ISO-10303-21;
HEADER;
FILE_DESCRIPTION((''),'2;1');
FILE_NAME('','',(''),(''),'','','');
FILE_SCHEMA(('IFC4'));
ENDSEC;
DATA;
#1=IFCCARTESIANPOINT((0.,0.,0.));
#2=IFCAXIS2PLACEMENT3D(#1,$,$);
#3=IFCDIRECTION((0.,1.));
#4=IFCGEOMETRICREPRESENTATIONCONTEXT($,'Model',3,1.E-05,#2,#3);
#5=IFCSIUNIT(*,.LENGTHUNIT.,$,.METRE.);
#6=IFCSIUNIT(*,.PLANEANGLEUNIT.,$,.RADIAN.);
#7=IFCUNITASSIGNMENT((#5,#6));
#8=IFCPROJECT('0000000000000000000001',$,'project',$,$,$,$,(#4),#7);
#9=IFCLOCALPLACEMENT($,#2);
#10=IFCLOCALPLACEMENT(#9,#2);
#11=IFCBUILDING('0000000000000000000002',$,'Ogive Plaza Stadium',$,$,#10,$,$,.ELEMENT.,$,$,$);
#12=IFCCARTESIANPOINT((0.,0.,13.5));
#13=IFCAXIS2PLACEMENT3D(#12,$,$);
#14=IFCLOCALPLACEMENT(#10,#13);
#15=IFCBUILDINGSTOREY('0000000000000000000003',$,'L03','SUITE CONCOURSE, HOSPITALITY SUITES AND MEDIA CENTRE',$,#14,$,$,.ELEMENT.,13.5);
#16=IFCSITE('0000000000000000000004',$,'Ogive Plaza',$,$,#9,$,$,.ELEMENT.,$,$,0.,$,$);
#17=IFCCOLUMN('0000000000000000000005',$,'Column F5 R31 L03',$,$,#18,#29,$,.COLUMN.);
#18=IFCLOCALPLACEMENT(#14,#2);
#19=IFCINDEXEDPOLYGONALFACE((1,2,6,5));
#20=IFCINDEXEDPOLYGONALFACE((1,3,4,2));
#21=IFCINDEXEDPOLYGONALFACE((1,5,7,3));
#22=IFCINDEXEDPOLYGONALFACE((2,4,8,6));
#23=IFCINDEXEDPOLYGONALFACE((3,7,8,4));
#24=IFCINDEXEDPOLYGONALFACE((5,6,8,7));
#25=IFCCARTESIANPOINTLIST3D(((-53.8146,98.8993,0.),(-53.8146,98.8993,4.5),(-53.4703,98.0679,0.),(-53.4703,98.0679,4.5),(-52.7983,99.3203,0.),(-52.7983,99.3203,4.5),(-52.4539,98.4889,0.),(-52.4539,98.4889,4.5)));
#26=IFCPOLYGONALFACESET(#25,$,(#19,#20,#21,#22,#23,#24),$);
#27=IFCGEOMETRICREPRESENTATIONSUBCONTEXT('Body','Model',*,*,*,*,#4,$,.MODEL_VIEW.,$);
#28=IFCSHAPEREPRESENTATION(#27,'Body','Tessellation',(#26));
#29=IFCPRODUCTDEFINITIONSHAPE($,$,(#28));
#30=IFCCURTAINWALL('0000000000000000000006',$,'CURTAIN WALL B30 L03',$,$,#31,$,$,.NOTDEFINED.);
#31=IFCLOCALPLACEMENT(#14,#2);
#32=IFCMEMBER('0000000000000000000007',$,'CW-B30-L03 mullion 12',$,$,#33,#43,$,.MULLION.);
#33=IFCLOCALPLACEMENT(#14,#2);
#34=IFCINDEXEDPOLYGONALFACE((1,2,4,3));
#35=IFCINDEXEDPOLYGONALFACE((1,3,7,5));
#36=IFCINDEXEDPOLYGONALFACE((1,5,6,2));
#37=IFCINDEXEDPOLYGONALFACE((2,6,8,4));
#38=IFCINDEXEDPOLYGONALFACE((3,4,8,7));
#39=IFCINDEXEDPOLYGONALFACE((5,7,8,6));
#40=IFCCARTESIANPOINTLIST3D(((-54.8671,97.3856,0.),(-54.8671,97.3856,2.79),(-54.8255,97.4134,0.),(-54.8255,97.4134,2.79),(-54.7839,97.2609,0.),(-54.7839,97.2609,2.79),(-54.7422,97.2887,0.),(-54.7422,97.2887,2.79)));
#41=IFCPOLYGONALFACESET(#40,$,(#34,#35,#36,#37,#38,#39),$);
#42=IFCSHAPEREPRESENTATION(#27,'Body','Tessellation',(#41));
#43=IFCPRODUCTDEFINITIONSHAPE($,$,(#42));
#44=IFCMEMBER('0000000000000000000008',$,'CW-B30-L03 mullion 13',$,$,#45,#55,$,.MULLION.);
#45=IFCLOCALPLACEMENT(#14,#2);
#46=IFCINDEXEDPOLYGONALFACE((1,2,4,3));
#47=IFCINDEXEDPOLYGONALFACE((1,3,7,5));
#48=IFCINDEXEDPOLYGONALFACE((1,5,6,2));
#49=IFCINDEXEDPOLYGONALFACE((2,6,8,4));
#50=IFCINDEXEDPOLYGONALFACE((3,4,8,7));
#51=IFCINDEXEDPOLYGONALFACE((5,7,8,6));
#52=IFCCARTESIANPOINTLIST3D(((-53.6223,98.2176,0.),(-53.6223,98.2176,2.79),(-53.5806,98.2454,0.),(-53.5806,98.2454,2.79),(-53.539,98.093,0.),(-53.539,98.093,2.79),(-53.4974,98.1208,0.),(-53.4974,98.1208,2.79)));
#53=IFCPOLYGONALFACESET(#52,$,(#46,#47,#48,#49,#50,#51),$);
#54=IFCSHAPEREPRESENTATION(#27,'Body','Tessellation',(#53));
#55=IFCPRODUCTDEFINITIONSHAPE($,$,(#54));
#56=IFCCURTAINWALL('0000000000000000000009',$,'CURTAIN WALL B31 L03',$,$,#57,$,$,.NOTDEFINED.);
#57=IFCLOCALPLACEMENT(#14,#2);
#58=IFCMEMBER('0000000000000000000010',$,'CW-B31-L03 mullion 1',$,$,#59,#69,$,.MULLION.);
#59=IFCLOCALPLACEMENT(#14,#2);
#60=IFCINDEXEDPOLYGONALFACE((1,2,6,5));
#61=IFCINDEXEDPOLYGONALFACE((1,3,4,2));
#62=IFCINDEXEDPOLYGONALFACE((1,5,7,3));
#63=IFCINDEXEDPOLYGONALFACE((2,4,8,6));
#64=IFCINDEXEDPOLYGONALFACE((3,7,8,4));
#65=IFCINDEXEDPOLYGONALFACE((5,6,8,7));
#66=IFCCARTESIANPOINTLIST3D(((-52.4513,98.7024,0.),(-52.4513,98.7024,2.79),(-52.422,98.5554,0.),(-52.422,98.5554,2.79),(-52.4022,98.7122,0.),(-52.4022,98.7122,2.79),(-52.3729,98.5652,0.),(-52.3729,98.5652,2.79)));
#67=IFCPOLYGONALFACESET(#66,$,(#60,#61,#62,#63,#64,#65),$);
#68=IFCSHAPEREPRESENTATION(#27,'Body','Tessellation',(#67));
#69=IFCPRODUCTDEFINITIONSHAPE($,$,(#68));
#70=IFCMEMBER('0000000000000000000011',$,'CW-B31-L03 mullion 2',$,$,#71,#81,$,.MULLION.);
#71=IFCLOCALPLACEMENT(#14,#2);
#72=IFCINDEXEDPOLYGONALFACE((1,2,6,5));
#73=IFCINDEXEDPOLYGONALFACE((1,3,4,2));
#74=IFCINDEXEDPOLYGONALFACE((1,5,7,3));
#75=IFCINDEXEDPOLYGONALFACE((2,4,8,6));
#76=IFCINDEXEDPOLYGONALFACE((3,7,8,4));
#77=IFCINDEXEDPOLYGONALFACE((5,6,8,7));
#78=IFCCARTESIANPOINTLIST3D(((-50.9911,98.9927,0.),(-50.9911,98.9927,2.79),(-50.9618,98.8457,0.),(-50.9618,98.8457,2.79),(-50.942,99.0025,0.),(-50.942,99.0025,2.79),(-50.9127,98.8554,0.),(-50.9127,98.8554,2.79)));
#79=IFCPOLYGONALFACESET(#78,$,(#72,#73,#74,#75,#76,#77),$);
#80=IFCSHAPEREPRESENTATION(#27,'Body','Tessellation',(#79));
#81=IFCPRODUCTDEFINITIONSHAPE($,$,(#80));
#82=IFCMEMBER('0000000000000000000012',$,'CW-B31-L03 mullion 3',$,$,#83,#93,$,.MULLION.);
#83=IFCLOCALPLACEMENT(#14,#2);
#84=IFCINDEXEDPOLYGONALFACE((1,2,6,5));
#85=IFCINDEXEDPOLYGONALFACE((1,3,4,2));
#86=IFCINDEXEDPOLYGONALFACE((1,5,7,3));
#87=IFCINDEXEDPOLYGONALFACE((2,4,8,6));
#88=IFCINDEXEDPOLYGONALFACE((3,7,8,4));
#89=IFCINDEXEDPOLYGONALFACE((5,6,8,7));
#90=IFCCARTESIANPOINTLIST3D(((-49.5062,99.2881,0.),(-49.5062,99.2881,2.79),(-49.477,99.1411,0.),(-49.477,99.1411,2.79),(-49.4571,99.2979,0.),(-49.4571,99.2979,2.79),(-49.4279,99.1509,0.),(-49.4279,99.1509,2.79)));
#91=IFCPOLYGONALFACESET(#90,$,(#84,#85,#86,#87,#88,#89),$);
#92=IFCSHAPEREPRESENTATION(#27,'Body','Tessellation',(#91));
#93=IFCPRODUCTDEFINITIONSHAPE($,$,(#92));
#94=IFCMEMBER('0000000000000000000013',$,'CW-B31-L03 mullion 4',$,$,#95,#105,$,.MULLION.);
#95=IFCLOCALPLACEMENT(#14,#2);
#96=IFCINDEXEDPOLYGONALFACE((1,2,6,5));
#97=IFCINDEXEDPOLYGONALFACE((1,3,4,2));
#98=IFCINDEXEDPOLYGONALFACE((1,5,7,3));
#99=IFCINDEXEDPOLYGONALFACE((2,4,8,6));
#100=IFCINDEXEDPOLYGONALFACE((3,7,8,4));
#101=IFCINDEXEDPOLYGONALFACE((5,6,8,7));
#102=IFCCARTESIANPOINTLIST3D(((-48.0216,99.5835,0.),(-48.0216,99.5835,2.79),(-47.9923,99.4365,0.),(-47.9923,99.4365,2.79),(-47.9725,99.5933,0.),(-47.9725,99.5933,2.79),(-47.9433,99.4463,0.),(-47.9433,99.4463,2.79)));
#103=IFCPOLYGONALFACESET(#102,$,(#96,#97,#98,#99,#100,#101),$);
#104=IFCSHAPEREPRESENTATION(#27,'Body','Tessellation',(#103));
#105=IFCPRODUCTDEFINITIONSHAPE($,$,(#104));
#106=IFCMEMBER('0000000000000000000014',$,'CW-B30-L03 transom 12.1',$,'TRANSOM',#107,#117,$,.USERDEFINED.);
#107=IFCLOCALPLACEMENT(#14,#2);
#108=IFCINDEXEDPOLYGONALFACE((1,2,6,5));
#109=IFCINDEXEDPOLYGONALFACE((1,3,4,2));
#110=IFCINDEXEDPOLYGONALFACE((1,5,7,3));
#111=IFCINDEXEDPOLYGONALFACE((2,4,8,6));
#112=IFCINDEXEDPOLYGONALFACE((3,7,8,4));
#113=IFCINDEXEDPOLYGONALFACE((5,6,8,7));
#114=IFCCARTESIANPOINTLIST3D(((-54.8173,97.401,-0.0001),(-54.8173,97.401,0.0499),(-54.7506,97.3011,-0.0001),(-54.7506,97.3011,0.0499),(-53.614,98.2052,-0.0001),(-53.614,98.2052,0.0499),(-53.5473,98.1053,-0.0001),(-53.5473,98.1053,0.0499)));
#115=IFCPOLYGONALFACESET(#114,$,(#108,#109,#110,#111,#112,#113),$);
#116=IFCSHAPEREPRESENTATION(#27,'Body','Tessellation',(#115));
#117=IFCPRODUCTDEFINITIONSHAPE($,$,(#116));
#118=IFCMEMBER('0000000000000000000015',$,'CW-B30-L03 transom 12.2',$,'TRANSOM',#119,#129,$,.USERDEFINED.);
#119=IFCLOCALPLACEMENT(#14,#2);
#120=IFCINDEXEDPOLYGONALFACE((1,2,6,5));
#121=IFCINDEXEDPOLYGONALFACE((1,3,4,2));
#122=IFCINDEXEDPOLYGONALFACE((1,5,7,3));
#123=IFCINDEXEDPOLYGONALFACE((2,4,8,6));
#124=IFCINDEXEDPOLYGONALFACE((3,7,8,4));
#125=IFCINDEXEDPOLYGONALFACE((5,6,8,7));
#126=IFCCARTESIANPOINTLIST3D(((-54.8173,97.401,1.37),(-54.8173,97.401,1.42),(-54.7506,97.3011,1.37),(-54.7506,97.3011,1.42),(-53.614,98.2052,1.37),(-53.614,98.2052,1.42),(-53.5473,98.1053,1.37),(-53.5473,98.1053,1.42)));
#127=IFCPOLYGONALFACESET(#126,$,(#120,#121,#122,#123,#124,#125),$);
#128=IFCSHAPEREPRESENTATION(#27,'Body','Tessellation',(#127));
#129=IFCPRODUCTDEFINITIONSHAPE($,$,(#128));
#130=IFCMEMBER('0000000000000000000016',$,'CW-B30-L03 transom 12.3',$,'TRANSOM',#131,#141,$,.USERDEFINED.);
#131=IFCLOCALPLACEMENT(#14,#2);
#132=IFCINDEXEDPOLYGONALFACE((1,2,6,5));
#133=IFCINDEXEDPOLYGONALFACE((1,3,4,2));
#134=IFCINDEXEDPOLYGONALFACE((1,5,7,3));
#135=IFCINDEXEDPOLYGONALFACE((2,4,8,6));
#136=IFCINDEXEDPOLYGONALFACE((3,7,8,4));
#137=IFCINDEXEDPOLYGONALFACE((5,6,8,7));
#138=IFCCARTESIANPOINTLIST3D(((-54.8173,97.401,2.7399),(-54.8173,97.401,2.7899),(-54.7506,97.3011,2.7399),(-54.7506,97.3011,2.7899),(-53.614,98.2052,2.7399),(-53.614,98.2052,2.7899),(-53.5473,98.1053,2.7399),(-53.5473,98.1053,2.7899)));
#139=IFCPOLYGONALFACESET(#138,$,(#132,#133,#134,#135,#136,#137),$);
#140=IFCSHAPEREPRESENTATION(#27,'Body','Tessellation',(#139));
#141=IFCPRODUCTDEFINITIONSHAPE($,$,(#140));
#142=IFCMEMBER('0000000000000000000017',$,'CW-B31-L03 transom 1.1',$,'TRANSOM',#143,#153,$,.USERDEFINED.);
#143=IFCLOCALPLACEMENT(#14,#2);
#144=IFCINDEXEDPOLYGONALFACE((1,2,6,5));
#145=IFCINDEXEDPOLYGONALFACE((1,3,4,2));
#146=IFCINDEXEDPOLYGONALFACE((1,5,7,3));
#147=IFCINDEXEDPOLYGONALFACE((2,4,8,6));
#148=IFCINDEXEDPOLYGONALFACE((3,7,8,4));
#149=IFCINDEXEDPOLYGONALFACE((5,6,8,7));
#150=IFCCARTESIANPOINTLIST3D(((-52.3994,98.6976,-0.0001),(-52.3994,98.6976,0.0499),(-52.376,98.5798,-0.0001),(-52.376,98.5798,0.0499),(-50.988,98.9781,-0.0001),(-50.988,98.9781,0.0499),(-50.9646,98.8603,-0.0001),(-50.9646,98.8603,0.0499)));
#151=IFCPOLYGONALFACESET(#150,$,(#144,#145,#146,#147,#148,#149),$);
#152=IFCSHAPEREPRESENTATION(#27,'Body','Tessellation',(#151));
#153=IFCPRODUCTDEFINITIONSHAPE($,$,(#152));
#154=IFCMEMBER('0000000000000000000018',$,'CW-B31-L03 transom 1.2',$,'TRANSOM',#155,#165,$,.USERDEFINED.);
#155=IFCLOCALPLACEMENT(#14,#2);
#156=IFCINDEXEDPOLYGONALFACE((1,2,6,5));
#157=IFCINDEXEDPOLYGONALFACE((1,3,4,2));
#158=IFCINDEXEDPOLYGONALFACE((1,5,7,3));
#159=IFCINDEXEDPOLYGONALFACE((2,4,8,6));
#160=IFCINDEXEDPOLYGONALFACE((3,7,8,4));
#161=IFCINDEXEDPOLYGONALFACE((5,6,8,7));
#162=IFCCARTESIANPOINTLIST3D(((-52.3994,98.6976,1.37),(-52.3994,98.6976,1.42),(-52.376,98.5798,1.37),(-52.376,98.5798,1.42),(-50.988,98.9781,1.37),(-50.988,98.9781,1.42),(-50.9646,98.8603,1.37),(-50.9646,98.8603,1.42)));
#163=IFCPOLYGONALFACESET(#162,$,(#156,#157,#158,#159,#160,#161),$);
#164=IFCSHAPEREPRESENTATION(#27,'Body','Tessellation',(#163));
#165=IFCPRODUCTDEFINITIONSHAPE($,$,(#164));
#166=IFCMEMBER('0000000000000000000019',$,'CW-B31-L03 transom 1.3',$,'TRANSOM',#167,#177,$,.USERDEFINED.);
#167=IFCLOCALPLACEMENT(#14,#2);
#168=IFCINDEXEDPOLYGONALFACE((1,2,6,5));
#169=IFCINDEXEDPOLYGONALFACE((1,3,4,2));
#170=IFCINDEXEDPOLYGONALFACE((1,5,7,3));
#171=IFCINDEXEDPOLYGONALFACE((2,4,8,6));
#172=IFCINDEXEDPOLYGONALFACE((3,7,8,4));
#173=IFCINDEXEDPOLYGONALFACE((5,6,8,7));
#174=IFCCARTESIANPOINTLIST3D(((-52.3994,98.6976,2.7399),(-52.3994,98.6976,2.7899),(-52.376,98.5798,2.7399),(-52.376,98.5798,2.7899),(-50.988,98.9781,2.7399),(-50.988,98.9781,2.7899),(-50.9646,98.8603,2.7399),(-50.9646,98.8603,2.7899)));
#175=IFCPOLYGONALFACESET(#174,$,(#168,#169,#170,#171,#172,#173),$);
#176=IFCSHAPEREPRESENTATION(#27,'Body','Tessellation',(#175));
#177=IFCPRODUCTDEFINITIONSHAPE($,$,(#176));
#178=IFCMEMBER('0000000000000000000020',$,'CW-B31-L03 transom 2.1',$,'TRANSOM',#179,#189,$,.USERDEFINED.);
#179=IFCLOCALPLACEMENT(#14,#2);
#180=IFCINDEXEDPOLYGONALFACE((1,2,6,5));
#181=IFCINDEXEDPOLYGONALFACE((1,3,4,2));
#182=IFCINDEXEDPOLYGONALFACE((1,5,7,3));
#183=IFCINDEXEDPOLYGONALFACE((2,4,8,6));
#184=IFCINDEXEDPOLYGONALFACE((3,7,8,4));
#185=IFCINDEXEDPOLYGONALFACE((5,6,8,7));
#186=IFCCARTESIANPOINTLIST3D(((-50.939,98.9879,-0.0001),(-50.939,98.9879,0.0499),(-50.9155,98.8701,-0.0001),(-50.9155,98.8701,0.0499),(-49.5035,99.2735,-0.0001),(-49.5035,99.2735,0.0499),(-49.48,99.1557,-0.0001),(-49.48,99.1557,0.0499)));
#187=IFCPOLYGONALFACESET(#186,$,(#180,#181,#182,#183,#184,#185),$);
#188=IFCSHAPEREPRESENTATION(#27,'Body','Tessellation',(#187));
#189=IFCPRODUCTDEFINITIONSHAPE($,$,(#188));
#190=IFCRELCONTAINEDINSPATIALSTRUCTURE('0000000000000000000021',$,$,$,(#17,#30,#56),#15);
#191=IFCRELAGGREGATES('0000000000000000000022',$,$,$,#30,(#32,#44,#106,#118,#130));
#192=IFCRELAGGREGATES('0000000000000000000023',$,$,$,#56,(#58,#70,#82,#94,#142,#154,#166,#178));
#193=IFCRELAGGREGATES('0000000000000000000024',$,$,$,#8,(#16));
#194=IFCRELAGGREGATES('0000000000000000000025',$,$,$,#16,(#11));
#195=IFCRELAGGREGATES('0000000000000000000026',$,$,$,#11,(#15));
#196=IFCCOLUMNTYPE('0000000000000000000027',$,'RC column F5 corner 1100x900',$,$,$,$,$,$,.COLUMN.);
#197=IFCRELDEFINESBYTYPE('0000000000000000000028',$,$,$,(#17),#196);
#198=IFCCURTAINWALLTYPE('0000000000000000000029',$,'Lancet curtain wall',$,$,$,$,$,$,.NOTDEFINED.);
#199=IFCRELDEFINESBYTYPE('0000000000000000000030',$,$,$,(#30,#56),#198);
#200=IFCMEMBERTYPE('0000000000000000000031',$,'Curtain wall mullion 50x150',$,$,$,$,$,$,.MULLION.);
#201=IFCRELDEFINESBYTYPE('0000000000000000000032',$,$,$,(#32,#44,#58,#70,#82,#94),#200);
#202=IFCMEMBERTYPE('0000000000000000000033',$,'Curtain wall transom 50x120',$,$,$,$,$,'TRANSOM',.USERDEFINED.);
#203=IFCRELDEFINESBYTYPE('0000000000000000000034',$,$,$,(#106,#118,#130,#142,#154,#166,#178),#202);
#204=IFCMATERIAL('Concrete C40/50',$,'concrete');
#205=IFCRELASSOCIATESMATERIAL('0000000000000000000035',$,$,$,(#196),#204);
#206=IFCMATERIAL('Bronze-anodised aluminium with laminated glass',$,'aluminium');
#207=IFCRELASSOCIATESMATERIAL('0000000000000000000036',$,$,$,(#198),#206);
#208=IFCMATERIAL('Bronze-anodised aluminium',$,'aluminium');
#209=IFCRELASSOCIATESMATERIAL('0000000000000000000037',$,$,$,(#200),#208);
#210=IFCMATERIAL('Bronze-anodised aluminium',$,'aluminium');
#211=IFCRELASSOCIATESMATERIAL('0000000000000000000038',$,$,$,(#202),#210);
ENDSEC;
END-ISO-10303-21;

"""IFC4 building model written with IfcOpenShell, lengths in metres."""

from ifc_helpers import new_model, si_unit, direction, frame, origin, origin_2d, place, context, subcontext, project, spatial, rectangle, extrude, material, material_profile, profile_set, type_object, element, aggregate, save


model = new_model("IFC4")

# Units and contexts
model_context = context("Model", 3, precision=1e-05, world=origin(), true_north=direction((0.0, 1.0)))
body_context = subcontext(model_context, "Body", "Model", "MODEL_VIEW")
ifc_project = project(units=[si_unit("LENGTHUNIT", "METRE"), si_unit("PLANEANGLEUNIT", "RADIAN")], contexts=[model_context])

# Site, building, storey
site_placement = place(None, origin())
site = spatial("IfcSite", under=ifc_project, at=site_placement, Name="Ogive Plaza", CompositionType="ELEMENT", RefElevation=0.0)
building_placement = place(site_placement, origin())
building = spatial("IfcBuilding", under=site, at=building_placement, Name="Ogive Plaza Stadium", CompositionType="ELEMENT")
storey_placement = place(building_placement, frame((0.0, 0.0, 13.5)))
storey = spatial("IfcBuildingStorey", under=building, at=storey_placement, Name="L03", Description="SUITE CONCOURSE, HOSPITALITY SUITES AND MEDIA CENTRE", CompositionType="ELEMENT", Elevation=13.5)

# Column
ifc_material_1 = material(Name="Concrete C40/50", Category="concrete")
ifc_material_profile_1 = material_profile(ifc_material_1, rectangle(XDim=1.1001, YDim=0.8999, at=origin_2d()), Name="RC 1100x900")
ifc_profile_set_1 = profile_set([ifc_material_profile_1], Name="Concrete C40/50")
column_type = type_object("IfcColumnType", Name="RC column F5 corner 1100x900", PredefinedType="COLUMN", material=ifc_profile_set_1)
column_placement = place(storey_placement, frame((-53.1343, 98.6941, 0.0), z_axis=(0.0, 0.0, 1.0), x_axis=(-0.92388, -0.382683, 0.0)))
element("IfcColumn", 1, at=column_placement, inside=storey, type_object=column_type, Name="Column F5 R31 L03", PredefinedType="COLUMN", context=body_context, shape_type="SweptSolid", body=[
    extrude(rectangle(XDim=1.1001, YDim=0.8999, at=origin_2d()), origin(), (0.0, 0.0, 1.0), 4.5),
])

# Curtain walls, members
ifc_material_2 = material(Name="Bronze-anodised aluminium with laminated glass", Category="aluminium")
curtain_wall_type = type_object("IfcCurtainWallType", Name="Lancet curtain wall", PredefinedType="NOTDEFINED", material=ifc_material_2)
curtain_wall_1_placement = place(storey_placement, origin())
curtain_wall_1 = element("IfcCurtainWall", 2, at=curtain_wall_1_placement, inside=storey, type_object=curtain_wall_type, Name="CURTAIN WALL B30 L03", PredefinedType="NOTDEFINED")
ifc_material_3 = material(Name="Bronze-anodised aluminium", Category="aluminium")
ifc_material_profile_2 = material_profile(ifc_material_3, rectangle(XDim=0.1499, YDim=0.05, at=origin_2d()), Name="AL 150x50")
ifc_profile_set_2 = profile_set([ifc_material_profile_2], Name="Bronze-anodised aluminium")
member_type_1 = type_object("IfcMemberType", Name="Curtain wall mullion 50x150", PredefinedType="MULLION", material=ifc_profile_set_2)
member_1_placement = place(storey_placement, frame((-54.8047, 97.3372, 0.0), z_axis=(0.0, 0.0, 1.0), x_axis=(-0.55557, 0.83147, 0.0)))
member_1 = element("IfcMember", 3, at=member_1_placement, type_object=member_type_1, Name="CW-B30-L03 mullion 12", PredefinedType="MULLION", context=body_context, shape_type="SweptSolid", body=[
    extrude(rectangle(XDim=0.1499, YDim=0.05, at=origin_2d()), origin(), (0.0, 0.0, 1.0), 2.79),
])
member_2_placement = place(storey_placement, frame((-53.5598, 98.1692, 0.0), z_axis=(0.0, 0.0, 1.0), x_axis=(-0.55557, 0.83147, 0.0)))
member_2 = element("IfcMember", 4, at=member_2_placement, type_object=member_type_1, Name="CW-B30-L03 mullion 13", PredefinedType="MULLION", context=body_context, shape_type="SweptSolid", body=[
    extrude(rectangle(XDim=0.1499, YDim=0.05, at=origin_2d()), origin(), (0.0, 0.0, 1.0), 2.79),
])
curtain_wall_2_placement = place(storey_placement, origin())
curtain_wall_2 = element("IfcCurtainWall", 5, at=curtain_wall_2_placement, inside=storey, type_object=curtain_wall_type, Name="CURTAIN WALL B31 L03", PredefinedType="NOTDEFINED")
member_3_placement = place(storey_placement, frame((-52.4121, 98.6338, 0.0), z_axis=(0.0, 0.0, 1.0), x_axis=(-0.19509, 0.980785, 0.0)))
member_3 = element("IfcMember", 6, at=member_3_placement, type_object=member_type_1, Name="CW-B31-L03 mullion 1", PredefinedType="MULLION", context=body_context, shape_type="SweptSolid", body=[
    extrude(rectangle(XDim=0.1499, YDim=0.05, at=origin_2d()), origin(), (0.0, 0.0, 1.0), 2.79),
])
member_4_placement = place(storey_placement, frame((-50.9519, 98.9241, 0.0), z_axis=(0.0, 0.0, 1.0), x_axis=(-0.19509, 0.980785, 0.0)))
member_4 = element("IfcMember", 7, at=member_4_placement, type_object=member_type_1, Name="CW-B31-L03 mullion 2", PredefinedType="MULLION", context=body_context, shape_type="SweptSolid", body=[
    extrude(rectangle(XDim=0.1499, YDim=0.05, at=origin_2d()), origin(), (0.0, 0.0, 1.0), 2.79),
])
member_5_placement = place(storey_placement, frame((-49.467, 99.2195, 0.0), z_axis=(0.0, 0.0, 1.0), x_axis=(-0.19509, 0.980785, 0.0)))
member_5 = element("IfcMember", 8, at=member_5_placement, type_object=member_type_1, Name="CW-B31-L03 mullion 3", PredefinedType="MULLION", context=body_context, shape_type="SweptSolid", body=[
    extrude(rectangle(XDim=0.1499, YDim=0.05, at=origin_2d()), origin(), (0.0, 0.0, 1.0), 2.79),
])
member_6_placement = place(storey_placement, frame((-47.9824, 99.5149, 0.0), z_axis=(0.0, 0.0, 1.0), x_axis=(-0.19509, 0.980785, 0.0)))
member_6 = element("IfcMember", 9, at=member_6_placement, type_object=member_type_1, Name="CW-B31-L03 mullion 4", PredefinedType="MULLION", context=body_context, shape_type="SweptSolid", body=[
    extrude(rectangle(XDim=0.1499, YDim=0.05, at=origin_2d()), origin(), (0.0, 0.0, 1.0), 2.79),
])

# Members
ifc_material_4 = material(Name="Bronze-anodised aluminium", Category="aluminium")
ifc_material_profile_3 = material_profile(ifc_material_4, rectangle(XDim=0.1201, YDim=0.05, at=origin_2d()), Name="AL 120x50")
ifc_profile_set_3 = profile_set([ifc_material_profile_3], Name="Bronze-anodised aluminium")
member_type_2 = type_object("IfcMemberType", Name="Curtain wall transom 50x120", ElementType="TRANSOM", PredefinedType="USERDEFINED", material=ifc_profile_set_3)
member_7_placement = place(storey_placement, frame((-54.7839, 97.3511, 0.0249), z_axis=(0.831427, 0.555634, 0.0), x_axis=(-0.555634, 0.831427, 0.0)))
member_7 = element("IfcMember", 10, at=member_7_placement, type_object=member_type_2, Name="CW-B30-L03 transom 12.1", ObjectType="TRANSOM", PredefinedType="USERDEFINED", context=body_context, shape_type="SweptSolid", body=[
    extrude(rectangle(XDim=0.1201, YDim=0.05, at=origin_2d()), origin(), (0.0, 0.0, 1.0), 1.4473),
])
member_8_placement = place(storey_placement, frame((-54.7839, 97.3511, 1.395), z_axis=(0.831427, 0.555634, 0.0), x_axis=(-0.555634, 0.831427, 0.0)))
member_8 = element("IfcMember", 11, at=member_8_placement, type_object=member_type_2, Name="CW-B30-L03 transom 12.2", ObjectType="TRANSOM", PredefinedType="USERDEFINED", context=body_context, shape_type="SweptSolid", body=[
    extrude(rectangle(XDim=0.1201, YDim=0.05, at=origin_2d()), origin(), (0.0, 0.0, 1.0), 1.4473),
])
member_9_placement = place(storey_placement, frame((-54.7839, 97.3511, 2.7649), z_axis=(0.831427, 0.555634, 0.0), x_axis=(-0.555634, 0.831427, 0.0)))
member_9 = element("IfcMember", 12, at=member_9_placement, type_object=member_type_2, Name="CW-B30-L03 transom 12.3", ObjectType="TRANSOM", PredefinedType="USERDEFINED", context=body_context, shape_type="SweptSolid", body=[
    extrude(rectangle(XDim=0.1201, YDim=0.05, at=origin_2d()), origin(), (0.0, 0.0, 1.0), 1.4473),
])
member_10_placement = place(storey_placement, frame((-52.3877, 98.6387, 0.0249), z_axis=(0.980815, 0.194941, 0.0), x_axis=(-0.194941, 0.980815, 0.0)))
member_10 = element("IfcMember", 13, at=member_10_placement, type_object=member_type_2, Name="CW-B31-L03 transom 1.1", ObjectType="TRANSOM", PredefinedType="USERDEFINED", context=body_context, shape_type="SweptSolid", body=[
    extrude(rectangle(XDim=0.1201, YDim=0.05, at=origin_2d()), origin(), (0.0, 0.0, 1.0), 1.439),
])
member_11_placement = place(storey_placement, frame((-52.3877, 98.6387, 1.395), z_axis=(0.980815, 0.194941, 0.0), x_axis=(-0.194941, 0.980815, 0.0)))
member_11 = element("IfcMember", 14, at=member_11_placement, type_object=member_type_2, Name="CW-B31-L03 transom 1.2", ObjectType="TRANSOM", PredefinedType="USERDEFINED", context=body_context, shape_type="SweptSolid", body=[
    extrude(rectangle(XDim=0.1201, YDim=0.05, at=origin_2d()), origin(), (0.0, 0.0, 1.0), 1.439),
])
member_12_placement = place(storey_placement, frame((-52.3877, 98.6387, 2.7649), z_axis=(0.980815, 0.194941, 0.0), x_axis=(-0.194941, 0.980815, 0.0)))
member_12 = element("IfcMember", 15, at=member_12_placement, type_object=member_type_2, Name="CW-B31-L03 transom 1.3", ObjectType="TRANSOM", PredefinedType="USERDEFINED", context=body_context, shape_type="SweptSolid", body=[
    extrude(rectangle(XDim=0.1201, YDim=0.05, at=origin_2d()), origin(), (0.0, 0.0, 1.0), 1.439),
])
member_13_placement = place(storey_placement, frame((-50.9272, 98.929, 0.0249), z_axis=(0.980773, 0.195154, 0.0), x_axis=(-0.195154, 0.980773, 0.0)))
member_13 = element("IfcMember", 16, at=member_13_placement, type_object=member_type_2, Name="CW-B31-L03 transom 2.1", ObjectType="TRANSOM", PredefinedType="USERDEFINED", context=body_context, shape_type="SweptSolid", body=[
    extrude(rectangle(XDim=0.1201, YDim=0.05, at=origin_2d()), origin(), (0.0, 0.0, 1.0), 1.4636),
])

aggregate(curtain_wall_1, [member_1, member_2, member_7, member_8, member_9])
aggregate(curtain_wall_2, [member_3, member_4, member_5, member_6, member_10, member_11, member_12, member_13])

save(model, "model.ifc")
